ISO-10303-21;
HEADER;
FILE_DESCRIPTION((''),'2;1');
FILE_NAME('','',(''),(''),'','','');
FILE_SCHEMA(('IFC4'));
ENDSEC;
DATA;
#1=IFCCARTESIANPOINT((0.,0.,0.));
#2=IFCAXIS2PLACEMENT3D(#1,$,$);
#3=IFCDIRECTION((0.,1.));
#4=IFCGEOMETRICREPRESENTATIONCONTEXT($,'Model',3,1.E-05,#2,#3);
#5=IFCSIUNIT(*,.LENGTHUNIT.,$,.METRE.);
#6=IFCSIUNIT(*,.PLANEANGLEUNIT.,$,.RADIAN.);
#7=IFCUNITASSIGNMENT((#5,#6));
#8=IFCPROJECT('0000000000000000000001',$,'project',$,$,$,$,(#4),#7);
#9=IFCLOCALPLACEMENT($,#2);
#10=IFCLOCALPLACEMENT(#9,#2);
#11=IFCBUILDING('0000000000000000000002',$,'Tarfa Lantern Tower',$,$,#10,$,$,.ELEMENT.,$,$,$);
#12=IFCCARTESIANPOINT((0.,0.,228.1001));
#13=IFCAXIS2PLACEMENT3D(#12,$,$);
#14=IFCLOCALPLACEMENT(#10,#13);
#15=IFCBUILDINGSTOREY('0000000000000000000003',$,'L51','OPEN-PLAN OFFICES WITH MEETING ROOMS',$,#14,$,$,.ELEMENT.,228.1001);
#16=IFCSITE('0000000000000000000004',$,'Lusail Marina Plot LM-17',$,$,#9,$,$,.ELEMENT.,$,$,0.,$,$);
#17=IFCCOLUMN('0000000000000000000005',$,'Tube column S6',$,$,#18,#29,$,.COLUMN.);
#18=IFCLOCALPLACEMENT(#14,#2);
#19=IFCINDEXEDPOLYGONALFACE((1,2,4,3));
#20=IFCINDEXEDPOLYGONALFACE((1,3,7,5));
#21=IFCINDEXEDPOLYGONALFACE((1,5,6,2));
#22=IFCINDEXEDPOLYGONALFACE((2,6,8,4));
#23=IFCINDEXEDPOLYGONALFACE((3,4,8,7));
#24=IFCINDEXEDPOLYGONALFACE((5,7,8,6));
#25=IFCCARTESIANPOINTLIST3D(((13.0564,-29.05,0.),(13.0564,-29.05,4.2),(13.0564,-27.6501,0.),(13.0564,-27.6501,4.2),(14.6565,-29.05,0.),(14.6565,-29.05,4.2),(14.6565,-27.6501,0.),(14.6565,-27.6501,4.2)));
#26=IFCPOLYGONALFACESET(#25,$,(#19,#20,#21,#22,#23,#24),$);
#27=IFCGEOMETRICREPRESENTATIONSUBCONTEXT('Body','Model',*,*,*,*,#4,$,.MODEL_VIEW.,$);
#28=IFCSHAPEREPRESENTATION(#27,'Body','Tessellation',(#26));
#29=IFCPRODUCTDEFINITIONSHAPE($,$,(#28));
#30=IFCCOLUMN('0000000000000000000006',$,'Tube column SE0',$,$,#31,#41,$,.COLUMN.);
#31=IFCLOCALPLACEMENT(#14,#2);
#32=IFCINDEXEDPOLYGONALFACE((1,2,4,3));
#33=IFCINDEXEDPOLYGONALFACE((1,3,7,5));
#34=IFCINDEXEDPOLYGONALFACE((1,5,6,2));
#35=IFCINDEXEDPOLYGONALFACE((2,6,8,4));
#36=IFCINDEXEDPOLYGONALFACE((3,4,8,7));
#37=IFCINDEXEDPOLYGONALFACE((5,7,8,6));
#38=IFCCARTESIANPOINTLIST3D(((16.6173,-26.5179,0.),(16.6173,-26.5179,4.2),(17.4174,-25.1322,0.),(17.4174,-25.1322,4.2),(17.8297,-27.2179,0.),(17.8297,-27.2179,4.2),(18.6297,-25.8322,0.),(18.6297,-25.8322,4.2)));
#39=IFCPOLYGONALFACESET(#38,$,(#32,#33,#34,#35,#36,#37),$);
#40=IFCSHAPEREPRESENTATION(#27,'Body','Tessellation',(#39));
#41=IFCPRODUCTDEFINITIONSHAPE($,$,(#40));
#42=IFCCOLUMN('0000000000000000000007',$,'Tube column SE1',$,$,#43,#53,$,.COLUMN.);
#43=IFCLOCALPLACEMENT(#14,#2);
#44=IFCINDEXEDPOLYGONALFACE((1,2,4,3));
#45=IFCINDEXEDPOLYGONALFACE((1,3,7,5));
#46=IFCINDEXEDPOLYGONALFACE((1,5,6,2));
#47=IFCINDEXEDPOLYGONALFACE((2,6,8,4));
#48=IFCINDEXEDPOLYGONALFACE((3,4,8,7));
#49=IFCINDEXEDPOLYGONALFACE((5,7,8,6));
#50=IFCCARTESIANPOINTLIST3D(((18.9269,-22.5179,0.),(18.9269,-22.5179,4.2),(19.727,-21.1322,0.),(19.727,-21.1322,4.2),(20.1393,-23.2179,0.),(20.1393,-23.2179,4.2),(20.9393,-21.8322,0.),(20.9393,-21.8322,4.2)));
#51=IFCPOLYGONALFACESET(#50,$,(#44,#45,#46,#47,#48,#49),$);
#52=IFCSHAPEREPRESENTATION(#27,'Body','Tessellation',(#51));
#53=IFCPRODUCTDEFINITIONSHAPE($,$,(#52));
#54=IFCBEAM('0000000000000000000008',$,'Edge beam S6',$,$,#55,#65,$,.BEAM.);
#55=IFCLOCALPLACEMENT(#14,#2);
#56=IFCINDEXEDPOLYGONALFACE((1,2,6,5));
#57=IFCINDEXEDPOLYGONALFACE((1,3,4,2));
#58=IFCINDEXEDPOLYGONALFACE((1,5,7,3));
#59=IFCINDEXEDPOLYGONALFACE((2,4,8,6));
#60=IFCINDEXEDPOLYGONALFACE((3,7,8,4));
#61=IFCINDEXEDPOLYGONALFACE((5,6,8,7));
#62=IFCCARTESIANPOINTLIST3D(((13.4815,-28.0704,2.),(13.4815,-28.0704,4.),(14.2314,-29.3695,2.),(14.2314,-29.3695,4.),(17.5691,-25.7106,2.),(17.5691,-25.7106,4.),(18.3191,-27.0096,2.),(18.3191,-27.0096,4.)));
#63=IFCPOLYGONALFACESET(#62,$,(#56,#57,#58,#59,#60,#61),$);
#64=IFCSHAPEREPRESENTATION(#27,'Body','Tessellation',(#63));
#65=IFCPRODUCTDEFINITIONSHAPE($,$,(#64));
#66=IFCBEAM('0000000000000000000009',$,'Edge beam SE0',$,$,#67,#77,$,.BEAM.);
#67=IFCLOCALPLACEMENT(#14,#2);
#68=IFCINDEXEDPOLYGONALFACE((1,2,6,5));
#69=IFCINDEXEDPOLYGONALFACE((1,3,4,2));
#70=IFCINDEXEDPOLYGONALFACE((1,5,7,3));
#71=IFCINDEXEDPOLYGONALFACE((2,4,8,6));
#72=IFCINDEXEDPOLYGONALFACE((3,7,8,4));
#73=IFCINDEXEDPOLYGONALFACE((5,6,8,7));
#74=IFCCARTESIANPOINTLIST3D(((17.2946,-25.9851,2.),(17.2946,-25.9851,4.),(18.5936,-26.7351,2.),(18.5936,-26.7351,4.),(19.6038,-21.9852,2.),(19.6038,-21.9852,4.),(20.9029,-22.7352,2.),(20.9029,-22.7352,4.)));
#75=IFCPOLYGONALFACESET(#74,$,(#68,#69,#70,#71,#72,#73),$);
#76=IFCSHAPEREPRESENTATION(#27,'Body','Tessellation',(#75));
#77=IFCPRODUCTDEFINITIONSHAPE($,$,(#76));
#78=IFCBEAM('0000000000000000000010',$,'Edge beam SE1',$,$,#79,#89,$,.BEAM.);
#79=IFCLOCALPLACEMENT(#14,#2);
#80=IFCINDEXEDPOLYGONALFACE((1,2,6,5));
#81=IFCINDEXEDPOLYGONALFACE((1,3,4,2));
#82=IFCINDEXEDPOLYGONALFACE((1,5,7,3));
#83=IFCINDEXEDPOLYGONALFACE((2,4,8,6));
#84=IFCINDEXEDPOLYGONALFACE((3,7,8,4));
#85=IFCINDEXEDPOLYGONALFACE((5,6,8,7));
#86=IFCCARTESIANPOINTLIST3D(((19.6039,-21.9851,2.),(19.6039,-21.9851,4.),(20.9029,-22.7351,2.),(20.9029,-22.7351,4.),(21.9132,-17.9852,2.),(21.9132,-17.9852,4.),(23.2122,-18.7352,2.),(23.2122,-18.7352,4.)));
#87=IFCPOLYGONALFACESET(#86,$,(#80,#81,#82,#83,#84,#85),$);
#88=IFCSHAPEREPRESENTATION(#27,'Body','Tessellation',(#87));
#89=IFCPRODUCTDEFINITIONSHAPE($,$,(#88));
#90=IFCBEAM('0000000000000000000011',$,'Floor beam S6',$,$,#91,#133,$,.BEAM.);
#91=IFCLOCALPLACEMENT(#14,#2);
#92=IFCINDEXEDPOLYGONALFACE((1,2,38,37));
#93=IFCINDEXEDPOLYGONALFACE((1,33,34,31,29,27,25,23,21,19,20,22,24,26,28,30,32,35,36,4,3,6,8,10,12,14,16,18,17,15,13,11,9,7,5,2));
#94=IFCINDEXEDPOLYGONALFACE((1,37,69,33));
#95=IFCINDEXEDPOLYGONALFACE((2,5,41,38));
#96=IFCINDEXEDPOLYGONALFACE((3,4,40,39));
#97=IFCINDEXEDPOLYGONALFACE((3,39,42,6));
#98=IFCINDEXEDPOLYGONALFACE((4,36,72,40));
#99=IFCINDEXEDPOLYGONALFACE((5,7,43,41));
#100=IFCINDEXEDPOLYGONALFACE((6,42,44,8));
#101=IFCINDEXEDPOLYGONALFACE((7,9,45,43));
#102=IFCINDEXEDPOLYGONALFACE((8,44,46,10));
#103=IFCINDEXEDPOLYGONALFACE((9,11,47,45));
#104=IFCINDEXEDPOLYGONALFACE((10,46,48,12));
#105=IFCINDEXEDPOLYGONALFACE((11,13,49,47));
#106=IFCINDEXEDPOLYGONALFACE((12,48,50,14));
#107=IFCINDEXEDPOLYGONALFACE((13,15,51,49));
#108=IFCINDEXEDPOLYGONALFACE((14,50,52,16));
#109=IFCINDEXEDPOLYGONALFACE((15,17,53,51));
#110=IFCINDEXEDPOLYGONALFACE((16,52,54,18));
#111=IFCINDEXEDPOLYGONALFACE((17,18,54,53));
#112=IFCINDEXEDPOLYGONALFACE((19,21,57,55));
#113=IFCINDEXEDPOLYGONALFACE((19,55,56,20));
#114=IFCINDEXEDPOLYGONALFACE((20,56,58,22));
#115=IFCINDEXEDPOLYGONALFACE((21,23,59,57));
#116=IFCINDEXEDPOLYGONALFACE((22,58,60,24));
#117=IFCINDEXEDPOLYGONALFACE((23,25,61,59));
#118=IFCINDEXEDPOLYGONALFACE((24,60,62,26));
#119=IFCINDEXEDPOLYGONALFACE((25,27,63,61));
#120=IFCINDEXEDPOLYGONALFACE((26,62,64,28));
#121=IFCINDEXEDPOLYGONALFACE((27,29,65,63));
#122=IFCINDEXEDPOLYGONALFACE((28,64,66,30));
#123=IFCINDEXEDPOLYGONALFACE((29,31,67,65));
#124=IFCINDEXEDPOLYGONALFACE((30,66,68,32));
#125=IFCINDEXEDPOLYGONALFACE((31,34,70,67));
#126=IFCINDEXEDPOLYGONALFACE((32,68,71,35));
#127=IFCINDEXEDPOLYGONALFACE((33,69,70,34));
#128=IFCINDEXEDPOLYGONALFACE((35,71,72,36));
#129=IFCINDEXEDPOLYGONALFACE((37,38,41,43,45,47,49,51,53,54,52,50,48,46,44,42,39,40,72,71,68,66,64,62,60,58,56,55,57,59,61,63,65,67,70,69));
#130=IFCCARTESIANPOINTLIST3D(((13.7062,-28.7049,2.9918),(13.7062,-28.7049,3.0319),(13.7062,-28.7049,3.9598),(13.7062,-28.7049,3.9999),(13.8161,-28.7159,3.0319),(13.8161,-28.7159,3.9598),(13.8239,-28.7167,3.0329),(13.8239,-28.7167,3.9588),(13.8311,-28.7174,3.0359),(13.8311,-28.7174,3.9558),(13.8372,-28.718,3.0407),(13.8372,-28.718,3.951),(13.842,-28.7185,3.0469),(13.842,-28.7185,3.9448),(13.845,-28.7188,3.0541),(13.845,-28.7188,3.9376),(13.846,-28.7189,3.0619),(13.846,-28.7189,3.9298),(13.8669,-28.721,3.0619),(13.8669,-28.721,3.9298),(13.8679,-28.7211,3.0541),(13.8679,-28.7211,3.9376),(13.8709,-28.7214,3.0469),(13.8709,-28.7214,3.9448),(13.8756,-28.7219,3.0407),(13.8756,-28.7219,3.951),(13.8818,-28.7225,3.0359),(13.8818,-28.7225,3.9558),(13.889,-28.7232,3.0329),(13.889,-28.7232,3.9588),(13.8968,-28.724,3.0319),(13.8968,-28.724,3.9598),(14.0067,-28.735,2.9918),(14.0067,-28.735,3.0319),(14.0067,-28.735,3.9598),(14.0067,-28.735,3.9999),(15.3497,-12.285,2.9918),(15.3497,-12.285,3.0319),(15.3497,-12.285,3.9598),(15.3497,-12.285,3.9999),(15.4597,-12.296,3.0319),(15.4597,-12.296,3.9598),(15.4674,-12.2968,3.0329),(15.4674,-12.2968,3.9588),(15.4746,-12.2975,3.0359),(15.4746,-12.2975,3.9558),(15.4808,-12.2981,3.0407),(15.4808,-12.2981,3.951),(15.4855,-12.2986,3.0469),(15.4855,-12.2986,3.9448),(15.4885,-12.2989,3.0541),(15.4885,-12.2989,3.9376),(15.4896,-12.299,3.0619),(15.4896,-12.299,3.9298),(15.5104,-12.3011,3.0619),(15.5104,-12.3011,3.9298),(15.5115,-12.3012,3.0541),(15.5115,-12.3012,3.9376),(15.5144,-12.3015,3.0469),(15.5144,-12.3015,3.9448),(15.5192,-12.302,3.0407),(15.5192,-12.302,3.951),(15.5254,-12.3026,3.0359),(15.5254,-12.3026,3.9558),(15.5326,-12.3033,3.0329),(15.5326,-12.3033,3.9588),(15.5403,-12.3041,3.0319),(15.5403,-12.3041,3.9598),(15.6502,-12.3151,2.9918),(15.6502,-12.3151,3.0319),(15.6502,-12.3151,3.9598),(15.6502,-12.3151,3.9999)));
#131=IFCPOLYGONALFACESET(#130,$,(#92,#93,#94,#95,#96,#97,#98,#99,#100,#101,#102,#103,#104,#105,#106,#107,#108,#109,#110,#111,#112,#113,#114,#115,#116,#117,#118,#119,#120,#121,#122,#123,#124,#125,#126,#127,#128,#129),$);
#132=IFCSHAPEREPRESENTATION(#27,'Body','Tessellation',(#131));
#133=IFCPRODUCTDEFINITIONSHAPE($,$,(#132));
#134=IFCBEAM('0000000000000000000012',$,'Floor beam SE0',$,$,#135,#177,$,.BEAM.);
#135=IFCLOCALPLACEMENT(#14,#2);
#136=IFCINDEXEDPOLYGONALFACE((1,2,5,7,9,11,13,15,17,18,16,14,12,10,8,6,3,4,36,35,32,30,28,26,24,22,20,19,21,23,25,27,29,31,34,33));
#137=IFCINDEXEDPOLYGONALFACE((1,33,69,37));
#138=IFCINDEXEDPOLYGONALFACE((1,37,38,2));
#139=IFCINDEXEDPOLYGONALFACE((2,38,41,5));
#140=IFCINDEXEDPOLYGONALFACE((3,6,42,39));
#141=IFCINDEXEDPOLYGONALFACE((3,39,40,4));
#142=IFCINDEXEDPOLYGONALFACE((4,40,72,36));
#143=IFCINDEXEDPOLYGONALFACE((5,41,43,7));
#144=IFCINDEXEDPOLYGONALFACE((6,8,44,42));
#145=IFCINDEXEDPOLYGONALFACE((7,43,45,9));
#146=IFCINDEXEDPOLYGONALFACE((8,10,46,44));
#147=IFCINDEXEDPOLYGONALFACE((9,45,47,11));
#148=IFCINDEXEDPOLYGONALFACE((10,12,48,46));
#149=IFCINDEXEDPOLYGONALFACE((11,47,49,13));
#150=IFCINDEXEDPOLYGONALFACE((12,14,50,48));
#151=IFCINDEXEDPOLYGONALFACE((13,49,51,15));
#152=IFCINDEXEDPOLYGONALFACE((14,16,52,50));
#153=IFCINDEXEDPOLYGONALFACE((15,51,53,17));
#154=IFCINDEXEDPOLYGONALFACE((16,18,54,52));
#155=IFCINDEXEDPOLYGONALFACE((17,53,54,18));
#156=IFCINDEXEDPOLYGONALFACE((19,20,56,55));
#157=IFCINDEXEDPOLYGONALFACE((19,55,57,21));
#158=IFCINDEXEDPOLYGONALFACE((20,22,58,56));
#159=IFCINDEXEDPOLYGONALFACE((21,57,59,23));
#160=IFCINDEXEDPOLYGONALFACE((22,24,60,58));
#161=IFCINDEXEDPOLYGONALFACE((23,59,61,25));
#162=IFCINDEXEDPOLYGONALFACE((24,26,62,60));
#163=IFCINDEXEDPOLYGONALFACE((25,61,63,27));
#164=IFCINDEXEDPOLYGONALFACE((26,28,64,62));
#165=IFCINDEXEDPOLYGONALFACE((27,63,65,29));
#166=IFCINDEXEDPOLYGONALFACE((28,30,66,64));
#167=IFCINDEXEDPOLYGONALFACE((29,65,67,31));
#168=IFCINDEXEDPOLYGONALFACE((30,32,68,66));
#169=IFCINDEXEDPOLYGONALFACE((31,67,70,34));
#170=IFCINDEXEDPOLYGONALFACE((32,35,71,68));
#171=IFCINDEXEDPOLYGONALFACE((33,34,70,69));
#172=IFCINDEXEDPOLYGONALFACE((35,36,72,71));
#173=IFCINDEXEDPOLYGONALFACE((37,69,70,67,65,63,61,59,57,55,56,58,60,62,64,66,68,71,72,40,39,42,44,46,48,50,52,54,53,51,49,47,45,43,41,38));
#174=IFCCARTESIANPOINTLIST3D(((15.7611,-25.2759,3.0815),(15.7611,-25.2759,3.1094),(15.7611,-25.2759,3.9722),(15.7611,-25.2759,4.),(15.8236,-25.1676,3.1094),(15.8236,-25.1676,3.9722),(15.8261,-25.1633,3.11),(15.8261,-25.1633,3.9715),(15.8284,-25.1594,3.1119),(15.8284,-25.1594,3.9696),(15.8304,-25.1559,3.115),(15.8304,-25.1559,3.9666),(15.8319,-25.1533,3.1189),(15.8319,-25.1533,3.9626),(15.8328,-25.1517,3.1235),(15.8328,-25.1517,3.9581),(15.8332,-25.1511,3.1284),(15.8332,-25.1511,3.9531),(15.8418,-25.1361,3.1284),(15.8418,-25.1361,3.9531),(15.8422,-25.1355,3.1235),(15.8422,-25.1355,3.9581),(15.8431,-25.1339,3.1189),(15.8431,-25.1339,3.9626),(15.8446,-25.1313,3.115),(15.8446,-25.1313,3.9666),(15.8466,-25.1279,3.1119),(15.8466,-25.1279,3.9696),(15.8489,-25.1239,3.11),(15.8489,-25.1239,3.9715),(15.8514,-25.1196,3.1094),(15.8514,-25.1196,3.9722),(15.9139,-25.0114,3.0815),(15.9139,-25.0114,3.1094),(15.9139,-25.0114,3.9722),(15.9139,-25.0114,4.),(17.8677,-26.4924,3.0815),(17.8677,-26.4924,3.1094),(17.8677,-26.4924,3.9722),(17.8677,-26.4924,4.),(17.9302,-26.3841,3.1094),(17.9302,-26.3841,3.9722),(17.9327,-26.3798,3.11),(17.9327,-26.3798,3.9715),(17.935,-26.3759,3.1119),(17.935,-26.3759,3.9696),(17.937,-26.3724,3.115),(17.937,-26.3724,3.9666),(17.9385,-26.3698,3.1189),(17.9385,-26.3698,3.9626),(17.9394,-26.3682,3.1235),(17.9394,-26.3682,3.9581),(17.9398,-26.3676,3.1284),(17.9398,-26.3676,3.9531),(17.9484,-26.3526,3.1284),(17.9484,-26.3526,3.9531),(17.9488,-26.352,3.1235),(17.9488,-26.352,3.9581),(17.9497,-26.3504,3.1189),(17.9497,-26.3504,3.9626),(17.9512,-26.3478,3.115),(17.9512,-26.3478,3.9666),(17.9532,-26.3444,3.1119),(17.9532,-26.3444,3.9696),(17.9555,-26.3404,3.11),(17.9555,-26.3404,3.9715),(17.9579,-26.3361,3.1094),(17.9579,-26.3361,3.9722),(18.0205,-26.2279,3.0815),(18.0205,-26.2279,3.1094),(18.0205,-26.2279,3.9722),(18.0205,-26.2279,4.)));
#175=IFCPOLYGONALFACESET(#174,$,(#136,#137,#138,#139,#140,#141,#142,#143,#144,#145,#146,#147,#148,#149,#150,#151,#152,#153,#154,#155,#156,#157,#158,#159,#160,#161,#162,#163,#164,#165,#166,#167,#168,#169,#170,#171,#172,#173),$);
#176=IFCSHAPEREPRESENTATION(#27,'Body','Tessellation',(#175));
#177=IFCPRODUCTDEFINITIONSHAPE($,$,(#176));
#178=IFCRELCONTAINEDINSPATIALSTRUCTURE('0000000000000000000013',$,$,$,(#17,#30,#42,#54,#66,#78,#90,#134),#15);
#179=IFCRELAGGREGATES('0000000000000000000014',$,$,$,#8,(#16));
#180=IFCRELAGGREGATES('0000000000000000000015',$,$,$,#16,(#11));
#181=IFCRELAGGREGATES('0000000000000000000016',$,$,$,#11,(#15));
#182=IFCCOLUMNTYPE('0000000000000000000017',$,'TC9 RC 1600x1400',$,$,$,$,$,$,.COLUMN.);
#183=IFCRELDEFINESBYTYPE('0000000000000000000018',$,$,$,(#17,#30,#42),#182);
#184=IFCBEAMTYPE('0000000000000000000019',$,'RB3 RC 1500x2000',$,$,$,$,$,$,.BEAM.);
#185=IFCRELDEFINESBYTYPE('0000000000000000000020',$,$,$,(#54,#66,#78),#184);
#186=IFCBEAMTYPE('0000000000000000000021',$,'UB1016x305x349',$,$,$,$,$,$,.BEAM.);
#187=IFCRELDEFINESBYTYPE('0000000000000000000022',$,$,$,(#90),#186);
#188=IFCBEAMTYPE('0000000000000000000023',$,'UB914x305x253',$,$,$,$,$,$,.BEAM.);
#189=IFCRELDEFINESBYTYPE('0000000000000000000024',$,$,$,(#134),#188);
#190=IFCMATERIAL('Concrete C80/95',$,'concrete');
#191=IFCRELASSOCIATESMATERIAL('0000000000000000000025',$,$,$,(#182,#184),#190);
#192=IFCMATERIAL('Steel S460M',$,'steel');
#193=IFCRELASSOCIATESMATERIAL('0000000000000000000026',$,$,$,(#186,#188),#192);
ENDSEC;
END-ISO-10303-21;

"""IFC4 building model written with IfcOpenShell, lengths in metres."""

from ifc_helpers import new_model, si_unit, direction, frame, origin, origin_2d, place, context, subcontext, project, spatial, rectangle, i_section, extrude, material, material_profile, profile_set, type_object, element, save


model = new_model("IFC4")

# Units and contexts
model_context = context("Model", 3, precision=1e-05, world=origin(), true_north=direction((0.0, 1.0)))
body_context = subcontext(model_context, "Body", "Model", "MODEL_VIEW")
ifc_project = project(units=[si_unit("LENGTHUNIT", "METRE"), si_unit("PLANEANGLEUNIT", "RADIAN")], contexts=[model_context])

# Site, building, storey
site_placement = place(None, origin())
site = spatial("IfcSite", under=ifc_project, at=site_placement, Name="Lusail Marina Plot LM-17", CompositionType="ELEMENT", RefElevation=0.0)
building_placement = place(site_placement, origin())
building = spatial("IfcBuilding", under=site, at=building_placement, Name="Tarfa Lantern Tower", CompositionType="ELEMENT")
storey_placement = place(building_placement, frame((0.0, 0.0, 228.1001)))
storey = spatial("IfcBuildingStorey", under=building, at=storey_placement, Name="L51", Description="OPEN-PLAN OFFICES WITH MEETING ROOMS", CompositionType="ELEMENT", Elevation=228.1001)

# Columns
ifc_material_1 = material(Name="Concrete C80/95", Category="concrete")
ifc_material_profile_1 = material_profile(ifc_material_1, rectangle(XDim=1.6001, YDim=1.3999, at=origin_2d()), Name="RC 1600x1400")
ifc_profile_set_1 = profile_set([ifc_material_profile_1], Name="Concrete C80/95")
column_type = type_object("IfcColumnType", Name="TC9 RC 1600x1400", PredefinedType="COLUMN", material=ifc_profile_set_1)
for number, where, z_axis, x_axis, name in (
    (1, (13.8564, -28.3501, 0.0), (0.0, 0.0, 1.0), (1.0, 0.0, 0.0), "Tube column S6"),
    (2, (17.6235, -26.175, 0.0), (0.0, 0.0, 1.0), (0.5, 0.866025, 0.0), "Tube column SE0"),
    (3, (19.9331, -22.175, 0.0), (0.0, 0.0, 1.0), (0.5, 0.866025, 0.0), "Tube column SE1"),
):
    element("IfcColumn", number, at=place(storey_placement, frame(where, z_axis=z_axis, x_axis=x_axis)), inside=storey, type_object=column_type, Name=name, PredefinedType="COLUMN", context=body_context, shape_type="SweptSolid", body=[
        extrude(rectangle(XDim=1.6001, YDim=1.3999, at=origin_2d()), origin(), (0.0, 0.0, 1.0), 4.2),
    ])

# Beams
ifc_material_profile_2 = material_profile(ifc_material_1, rectangle(XDim=1.5, YDim=2.0, at=origin_2d()), Name="RC 1500x2000")
ifc_profile_set_2 = profile_set([ifc_material_profile_2], Name="Concrete C80/95")
beam_type_1 = type_object("IfcBeamType", Name="RB3 RC 1500x2000", PredefinedType="BEAM", material=ifc_profile_set_2)
beam_1_placement = place(storey_placement, frame((13.8564, -28.72, 3.0), z_axis=(0.866038, 0.499978, 0.0), x_axis=(-0.499978, 0.866038, 0.0)))
element("IfcBeam", 4, at=beam_1_placement, inside=storey, type_object=beam_type_1, Name="Edge beam S6", PredefinedType="BEAM", context=body_context, shape_type="SweptSolid", body=[
    extrude(rectangle(XDim=1.5, YDim=2.0, at=origin_2d()), origin(), (0.0, 0.0, 1.0), 4.72),
])
for number, where, z_axis, x_axis, name in (
    (5, (17.9441, -26.3601, 3.0), (0.499988, 0.866032, 0.0), (-0.866032, 0.499988, 0.0), "Edge beam SE0"),
    (6, (20.2534, -22.3601, 3.0), (0.499988, 0.866032, 0.0), (-0.866032, 0.499988, 0.0), "Edge beam SE1"),
):
    element("IfcBeam", number, at=place(storey_placement, frame(where, z_axis=z_axis, x_axis=x_axis)), inside=storey, type_object=beam_type_1, Name=name, PredefinedType="BEAM", context=body_context, shape_type="SweptSolid", body=[
        extrude(rectangle(XDim=1.5, YDim=2.0, at=origin_2d()), origin(), (0.0, 0.0, 1.0), 4.6187),
    ])
ifc_material_2 = material(Name="Steel S460M", Category="steel")
ifc_material_profile_3 = material_profile(ifc_material_2, i_section(OverallWidth=0.302, OverallDepth=1.0081, WebThickness=0.021, FlangeThickness=0.04, FilletRadius=0.03, at=origin_2d()), Name="UB1016x305x349")
ifc_profile_set_3 = profile_set([ifc_material_profile_3], Name="Steel S460M")
beam_type_2 = type_object("IfcBeamType", Name="UB1016x305x349", PredefinedType="BEAM", material=ifc_profile_set_3)
beam_2_placement = place(storey_placement, frame((13.8564, -28.72, 3.4958), z_axis=(0.099597, 0.995028, 0.0), x_axis=(-0.995028, 0.099597, 0.0)))
element("IfcBeam", 7, at=beam_2_placement, inside=storey, type_object=beam_type_2, Name="Floor beam S6", PredefinedType="BEAM", context=body_context, shape_type="SweptSolid", body=[
    extrude(i_section(OverallWidth=0.302, OverallDepth=1.0081, WebThickness=0.021, FlangeThickness=0.04, FilletRadius=0.03, at=origin_2d()), origin(), (0.0, 0.0, 1.0), 16.502),
])
ifc_material_profile_4 = material_profile(ifc_material_2, i_section(OverallWidth=0.3054, OverallDepth=0.9185, WebThickness=0.0173, FlangeThickness=0.0278, FilletRadius=0.019, at=origin_2d()), Name="UB914x305x253")
ifc_profile_set_4 = profile_set([ifc_material_profile_4], Name="Steel S460M")
beam_type_3 = type_object("IfcBeamType", Name="UB914x305x253", PredefinedType="BEAM", material=ifc_profile_set_4)
beam_3_placement = place(storey_placement, frame((17.9441, -26.3601, 3.5408), z_axis=(-0.86598, 0.500079, 0.0), x_axis=(-0.500079, -0.86598, 0.0)))
element("IfcBeam", 8, at=beam_3_placement, inside=storey, type_object=beam_type_3, Name="Floor beam SE0", PredefinedType="BEAM", context=body_context, shape_type="SweptSolid", body=[
    extrude(i_section(OverallWidth=0.3054, OverallDepth=0.9185, WebThickness=0.0173, FlangeThickness=0.0278, FilletRadius=0.019, at=origin_2d()), origin(), (0.0, 0.0, 1.0), 2.4326),
])

save(model, "model.ifc")
